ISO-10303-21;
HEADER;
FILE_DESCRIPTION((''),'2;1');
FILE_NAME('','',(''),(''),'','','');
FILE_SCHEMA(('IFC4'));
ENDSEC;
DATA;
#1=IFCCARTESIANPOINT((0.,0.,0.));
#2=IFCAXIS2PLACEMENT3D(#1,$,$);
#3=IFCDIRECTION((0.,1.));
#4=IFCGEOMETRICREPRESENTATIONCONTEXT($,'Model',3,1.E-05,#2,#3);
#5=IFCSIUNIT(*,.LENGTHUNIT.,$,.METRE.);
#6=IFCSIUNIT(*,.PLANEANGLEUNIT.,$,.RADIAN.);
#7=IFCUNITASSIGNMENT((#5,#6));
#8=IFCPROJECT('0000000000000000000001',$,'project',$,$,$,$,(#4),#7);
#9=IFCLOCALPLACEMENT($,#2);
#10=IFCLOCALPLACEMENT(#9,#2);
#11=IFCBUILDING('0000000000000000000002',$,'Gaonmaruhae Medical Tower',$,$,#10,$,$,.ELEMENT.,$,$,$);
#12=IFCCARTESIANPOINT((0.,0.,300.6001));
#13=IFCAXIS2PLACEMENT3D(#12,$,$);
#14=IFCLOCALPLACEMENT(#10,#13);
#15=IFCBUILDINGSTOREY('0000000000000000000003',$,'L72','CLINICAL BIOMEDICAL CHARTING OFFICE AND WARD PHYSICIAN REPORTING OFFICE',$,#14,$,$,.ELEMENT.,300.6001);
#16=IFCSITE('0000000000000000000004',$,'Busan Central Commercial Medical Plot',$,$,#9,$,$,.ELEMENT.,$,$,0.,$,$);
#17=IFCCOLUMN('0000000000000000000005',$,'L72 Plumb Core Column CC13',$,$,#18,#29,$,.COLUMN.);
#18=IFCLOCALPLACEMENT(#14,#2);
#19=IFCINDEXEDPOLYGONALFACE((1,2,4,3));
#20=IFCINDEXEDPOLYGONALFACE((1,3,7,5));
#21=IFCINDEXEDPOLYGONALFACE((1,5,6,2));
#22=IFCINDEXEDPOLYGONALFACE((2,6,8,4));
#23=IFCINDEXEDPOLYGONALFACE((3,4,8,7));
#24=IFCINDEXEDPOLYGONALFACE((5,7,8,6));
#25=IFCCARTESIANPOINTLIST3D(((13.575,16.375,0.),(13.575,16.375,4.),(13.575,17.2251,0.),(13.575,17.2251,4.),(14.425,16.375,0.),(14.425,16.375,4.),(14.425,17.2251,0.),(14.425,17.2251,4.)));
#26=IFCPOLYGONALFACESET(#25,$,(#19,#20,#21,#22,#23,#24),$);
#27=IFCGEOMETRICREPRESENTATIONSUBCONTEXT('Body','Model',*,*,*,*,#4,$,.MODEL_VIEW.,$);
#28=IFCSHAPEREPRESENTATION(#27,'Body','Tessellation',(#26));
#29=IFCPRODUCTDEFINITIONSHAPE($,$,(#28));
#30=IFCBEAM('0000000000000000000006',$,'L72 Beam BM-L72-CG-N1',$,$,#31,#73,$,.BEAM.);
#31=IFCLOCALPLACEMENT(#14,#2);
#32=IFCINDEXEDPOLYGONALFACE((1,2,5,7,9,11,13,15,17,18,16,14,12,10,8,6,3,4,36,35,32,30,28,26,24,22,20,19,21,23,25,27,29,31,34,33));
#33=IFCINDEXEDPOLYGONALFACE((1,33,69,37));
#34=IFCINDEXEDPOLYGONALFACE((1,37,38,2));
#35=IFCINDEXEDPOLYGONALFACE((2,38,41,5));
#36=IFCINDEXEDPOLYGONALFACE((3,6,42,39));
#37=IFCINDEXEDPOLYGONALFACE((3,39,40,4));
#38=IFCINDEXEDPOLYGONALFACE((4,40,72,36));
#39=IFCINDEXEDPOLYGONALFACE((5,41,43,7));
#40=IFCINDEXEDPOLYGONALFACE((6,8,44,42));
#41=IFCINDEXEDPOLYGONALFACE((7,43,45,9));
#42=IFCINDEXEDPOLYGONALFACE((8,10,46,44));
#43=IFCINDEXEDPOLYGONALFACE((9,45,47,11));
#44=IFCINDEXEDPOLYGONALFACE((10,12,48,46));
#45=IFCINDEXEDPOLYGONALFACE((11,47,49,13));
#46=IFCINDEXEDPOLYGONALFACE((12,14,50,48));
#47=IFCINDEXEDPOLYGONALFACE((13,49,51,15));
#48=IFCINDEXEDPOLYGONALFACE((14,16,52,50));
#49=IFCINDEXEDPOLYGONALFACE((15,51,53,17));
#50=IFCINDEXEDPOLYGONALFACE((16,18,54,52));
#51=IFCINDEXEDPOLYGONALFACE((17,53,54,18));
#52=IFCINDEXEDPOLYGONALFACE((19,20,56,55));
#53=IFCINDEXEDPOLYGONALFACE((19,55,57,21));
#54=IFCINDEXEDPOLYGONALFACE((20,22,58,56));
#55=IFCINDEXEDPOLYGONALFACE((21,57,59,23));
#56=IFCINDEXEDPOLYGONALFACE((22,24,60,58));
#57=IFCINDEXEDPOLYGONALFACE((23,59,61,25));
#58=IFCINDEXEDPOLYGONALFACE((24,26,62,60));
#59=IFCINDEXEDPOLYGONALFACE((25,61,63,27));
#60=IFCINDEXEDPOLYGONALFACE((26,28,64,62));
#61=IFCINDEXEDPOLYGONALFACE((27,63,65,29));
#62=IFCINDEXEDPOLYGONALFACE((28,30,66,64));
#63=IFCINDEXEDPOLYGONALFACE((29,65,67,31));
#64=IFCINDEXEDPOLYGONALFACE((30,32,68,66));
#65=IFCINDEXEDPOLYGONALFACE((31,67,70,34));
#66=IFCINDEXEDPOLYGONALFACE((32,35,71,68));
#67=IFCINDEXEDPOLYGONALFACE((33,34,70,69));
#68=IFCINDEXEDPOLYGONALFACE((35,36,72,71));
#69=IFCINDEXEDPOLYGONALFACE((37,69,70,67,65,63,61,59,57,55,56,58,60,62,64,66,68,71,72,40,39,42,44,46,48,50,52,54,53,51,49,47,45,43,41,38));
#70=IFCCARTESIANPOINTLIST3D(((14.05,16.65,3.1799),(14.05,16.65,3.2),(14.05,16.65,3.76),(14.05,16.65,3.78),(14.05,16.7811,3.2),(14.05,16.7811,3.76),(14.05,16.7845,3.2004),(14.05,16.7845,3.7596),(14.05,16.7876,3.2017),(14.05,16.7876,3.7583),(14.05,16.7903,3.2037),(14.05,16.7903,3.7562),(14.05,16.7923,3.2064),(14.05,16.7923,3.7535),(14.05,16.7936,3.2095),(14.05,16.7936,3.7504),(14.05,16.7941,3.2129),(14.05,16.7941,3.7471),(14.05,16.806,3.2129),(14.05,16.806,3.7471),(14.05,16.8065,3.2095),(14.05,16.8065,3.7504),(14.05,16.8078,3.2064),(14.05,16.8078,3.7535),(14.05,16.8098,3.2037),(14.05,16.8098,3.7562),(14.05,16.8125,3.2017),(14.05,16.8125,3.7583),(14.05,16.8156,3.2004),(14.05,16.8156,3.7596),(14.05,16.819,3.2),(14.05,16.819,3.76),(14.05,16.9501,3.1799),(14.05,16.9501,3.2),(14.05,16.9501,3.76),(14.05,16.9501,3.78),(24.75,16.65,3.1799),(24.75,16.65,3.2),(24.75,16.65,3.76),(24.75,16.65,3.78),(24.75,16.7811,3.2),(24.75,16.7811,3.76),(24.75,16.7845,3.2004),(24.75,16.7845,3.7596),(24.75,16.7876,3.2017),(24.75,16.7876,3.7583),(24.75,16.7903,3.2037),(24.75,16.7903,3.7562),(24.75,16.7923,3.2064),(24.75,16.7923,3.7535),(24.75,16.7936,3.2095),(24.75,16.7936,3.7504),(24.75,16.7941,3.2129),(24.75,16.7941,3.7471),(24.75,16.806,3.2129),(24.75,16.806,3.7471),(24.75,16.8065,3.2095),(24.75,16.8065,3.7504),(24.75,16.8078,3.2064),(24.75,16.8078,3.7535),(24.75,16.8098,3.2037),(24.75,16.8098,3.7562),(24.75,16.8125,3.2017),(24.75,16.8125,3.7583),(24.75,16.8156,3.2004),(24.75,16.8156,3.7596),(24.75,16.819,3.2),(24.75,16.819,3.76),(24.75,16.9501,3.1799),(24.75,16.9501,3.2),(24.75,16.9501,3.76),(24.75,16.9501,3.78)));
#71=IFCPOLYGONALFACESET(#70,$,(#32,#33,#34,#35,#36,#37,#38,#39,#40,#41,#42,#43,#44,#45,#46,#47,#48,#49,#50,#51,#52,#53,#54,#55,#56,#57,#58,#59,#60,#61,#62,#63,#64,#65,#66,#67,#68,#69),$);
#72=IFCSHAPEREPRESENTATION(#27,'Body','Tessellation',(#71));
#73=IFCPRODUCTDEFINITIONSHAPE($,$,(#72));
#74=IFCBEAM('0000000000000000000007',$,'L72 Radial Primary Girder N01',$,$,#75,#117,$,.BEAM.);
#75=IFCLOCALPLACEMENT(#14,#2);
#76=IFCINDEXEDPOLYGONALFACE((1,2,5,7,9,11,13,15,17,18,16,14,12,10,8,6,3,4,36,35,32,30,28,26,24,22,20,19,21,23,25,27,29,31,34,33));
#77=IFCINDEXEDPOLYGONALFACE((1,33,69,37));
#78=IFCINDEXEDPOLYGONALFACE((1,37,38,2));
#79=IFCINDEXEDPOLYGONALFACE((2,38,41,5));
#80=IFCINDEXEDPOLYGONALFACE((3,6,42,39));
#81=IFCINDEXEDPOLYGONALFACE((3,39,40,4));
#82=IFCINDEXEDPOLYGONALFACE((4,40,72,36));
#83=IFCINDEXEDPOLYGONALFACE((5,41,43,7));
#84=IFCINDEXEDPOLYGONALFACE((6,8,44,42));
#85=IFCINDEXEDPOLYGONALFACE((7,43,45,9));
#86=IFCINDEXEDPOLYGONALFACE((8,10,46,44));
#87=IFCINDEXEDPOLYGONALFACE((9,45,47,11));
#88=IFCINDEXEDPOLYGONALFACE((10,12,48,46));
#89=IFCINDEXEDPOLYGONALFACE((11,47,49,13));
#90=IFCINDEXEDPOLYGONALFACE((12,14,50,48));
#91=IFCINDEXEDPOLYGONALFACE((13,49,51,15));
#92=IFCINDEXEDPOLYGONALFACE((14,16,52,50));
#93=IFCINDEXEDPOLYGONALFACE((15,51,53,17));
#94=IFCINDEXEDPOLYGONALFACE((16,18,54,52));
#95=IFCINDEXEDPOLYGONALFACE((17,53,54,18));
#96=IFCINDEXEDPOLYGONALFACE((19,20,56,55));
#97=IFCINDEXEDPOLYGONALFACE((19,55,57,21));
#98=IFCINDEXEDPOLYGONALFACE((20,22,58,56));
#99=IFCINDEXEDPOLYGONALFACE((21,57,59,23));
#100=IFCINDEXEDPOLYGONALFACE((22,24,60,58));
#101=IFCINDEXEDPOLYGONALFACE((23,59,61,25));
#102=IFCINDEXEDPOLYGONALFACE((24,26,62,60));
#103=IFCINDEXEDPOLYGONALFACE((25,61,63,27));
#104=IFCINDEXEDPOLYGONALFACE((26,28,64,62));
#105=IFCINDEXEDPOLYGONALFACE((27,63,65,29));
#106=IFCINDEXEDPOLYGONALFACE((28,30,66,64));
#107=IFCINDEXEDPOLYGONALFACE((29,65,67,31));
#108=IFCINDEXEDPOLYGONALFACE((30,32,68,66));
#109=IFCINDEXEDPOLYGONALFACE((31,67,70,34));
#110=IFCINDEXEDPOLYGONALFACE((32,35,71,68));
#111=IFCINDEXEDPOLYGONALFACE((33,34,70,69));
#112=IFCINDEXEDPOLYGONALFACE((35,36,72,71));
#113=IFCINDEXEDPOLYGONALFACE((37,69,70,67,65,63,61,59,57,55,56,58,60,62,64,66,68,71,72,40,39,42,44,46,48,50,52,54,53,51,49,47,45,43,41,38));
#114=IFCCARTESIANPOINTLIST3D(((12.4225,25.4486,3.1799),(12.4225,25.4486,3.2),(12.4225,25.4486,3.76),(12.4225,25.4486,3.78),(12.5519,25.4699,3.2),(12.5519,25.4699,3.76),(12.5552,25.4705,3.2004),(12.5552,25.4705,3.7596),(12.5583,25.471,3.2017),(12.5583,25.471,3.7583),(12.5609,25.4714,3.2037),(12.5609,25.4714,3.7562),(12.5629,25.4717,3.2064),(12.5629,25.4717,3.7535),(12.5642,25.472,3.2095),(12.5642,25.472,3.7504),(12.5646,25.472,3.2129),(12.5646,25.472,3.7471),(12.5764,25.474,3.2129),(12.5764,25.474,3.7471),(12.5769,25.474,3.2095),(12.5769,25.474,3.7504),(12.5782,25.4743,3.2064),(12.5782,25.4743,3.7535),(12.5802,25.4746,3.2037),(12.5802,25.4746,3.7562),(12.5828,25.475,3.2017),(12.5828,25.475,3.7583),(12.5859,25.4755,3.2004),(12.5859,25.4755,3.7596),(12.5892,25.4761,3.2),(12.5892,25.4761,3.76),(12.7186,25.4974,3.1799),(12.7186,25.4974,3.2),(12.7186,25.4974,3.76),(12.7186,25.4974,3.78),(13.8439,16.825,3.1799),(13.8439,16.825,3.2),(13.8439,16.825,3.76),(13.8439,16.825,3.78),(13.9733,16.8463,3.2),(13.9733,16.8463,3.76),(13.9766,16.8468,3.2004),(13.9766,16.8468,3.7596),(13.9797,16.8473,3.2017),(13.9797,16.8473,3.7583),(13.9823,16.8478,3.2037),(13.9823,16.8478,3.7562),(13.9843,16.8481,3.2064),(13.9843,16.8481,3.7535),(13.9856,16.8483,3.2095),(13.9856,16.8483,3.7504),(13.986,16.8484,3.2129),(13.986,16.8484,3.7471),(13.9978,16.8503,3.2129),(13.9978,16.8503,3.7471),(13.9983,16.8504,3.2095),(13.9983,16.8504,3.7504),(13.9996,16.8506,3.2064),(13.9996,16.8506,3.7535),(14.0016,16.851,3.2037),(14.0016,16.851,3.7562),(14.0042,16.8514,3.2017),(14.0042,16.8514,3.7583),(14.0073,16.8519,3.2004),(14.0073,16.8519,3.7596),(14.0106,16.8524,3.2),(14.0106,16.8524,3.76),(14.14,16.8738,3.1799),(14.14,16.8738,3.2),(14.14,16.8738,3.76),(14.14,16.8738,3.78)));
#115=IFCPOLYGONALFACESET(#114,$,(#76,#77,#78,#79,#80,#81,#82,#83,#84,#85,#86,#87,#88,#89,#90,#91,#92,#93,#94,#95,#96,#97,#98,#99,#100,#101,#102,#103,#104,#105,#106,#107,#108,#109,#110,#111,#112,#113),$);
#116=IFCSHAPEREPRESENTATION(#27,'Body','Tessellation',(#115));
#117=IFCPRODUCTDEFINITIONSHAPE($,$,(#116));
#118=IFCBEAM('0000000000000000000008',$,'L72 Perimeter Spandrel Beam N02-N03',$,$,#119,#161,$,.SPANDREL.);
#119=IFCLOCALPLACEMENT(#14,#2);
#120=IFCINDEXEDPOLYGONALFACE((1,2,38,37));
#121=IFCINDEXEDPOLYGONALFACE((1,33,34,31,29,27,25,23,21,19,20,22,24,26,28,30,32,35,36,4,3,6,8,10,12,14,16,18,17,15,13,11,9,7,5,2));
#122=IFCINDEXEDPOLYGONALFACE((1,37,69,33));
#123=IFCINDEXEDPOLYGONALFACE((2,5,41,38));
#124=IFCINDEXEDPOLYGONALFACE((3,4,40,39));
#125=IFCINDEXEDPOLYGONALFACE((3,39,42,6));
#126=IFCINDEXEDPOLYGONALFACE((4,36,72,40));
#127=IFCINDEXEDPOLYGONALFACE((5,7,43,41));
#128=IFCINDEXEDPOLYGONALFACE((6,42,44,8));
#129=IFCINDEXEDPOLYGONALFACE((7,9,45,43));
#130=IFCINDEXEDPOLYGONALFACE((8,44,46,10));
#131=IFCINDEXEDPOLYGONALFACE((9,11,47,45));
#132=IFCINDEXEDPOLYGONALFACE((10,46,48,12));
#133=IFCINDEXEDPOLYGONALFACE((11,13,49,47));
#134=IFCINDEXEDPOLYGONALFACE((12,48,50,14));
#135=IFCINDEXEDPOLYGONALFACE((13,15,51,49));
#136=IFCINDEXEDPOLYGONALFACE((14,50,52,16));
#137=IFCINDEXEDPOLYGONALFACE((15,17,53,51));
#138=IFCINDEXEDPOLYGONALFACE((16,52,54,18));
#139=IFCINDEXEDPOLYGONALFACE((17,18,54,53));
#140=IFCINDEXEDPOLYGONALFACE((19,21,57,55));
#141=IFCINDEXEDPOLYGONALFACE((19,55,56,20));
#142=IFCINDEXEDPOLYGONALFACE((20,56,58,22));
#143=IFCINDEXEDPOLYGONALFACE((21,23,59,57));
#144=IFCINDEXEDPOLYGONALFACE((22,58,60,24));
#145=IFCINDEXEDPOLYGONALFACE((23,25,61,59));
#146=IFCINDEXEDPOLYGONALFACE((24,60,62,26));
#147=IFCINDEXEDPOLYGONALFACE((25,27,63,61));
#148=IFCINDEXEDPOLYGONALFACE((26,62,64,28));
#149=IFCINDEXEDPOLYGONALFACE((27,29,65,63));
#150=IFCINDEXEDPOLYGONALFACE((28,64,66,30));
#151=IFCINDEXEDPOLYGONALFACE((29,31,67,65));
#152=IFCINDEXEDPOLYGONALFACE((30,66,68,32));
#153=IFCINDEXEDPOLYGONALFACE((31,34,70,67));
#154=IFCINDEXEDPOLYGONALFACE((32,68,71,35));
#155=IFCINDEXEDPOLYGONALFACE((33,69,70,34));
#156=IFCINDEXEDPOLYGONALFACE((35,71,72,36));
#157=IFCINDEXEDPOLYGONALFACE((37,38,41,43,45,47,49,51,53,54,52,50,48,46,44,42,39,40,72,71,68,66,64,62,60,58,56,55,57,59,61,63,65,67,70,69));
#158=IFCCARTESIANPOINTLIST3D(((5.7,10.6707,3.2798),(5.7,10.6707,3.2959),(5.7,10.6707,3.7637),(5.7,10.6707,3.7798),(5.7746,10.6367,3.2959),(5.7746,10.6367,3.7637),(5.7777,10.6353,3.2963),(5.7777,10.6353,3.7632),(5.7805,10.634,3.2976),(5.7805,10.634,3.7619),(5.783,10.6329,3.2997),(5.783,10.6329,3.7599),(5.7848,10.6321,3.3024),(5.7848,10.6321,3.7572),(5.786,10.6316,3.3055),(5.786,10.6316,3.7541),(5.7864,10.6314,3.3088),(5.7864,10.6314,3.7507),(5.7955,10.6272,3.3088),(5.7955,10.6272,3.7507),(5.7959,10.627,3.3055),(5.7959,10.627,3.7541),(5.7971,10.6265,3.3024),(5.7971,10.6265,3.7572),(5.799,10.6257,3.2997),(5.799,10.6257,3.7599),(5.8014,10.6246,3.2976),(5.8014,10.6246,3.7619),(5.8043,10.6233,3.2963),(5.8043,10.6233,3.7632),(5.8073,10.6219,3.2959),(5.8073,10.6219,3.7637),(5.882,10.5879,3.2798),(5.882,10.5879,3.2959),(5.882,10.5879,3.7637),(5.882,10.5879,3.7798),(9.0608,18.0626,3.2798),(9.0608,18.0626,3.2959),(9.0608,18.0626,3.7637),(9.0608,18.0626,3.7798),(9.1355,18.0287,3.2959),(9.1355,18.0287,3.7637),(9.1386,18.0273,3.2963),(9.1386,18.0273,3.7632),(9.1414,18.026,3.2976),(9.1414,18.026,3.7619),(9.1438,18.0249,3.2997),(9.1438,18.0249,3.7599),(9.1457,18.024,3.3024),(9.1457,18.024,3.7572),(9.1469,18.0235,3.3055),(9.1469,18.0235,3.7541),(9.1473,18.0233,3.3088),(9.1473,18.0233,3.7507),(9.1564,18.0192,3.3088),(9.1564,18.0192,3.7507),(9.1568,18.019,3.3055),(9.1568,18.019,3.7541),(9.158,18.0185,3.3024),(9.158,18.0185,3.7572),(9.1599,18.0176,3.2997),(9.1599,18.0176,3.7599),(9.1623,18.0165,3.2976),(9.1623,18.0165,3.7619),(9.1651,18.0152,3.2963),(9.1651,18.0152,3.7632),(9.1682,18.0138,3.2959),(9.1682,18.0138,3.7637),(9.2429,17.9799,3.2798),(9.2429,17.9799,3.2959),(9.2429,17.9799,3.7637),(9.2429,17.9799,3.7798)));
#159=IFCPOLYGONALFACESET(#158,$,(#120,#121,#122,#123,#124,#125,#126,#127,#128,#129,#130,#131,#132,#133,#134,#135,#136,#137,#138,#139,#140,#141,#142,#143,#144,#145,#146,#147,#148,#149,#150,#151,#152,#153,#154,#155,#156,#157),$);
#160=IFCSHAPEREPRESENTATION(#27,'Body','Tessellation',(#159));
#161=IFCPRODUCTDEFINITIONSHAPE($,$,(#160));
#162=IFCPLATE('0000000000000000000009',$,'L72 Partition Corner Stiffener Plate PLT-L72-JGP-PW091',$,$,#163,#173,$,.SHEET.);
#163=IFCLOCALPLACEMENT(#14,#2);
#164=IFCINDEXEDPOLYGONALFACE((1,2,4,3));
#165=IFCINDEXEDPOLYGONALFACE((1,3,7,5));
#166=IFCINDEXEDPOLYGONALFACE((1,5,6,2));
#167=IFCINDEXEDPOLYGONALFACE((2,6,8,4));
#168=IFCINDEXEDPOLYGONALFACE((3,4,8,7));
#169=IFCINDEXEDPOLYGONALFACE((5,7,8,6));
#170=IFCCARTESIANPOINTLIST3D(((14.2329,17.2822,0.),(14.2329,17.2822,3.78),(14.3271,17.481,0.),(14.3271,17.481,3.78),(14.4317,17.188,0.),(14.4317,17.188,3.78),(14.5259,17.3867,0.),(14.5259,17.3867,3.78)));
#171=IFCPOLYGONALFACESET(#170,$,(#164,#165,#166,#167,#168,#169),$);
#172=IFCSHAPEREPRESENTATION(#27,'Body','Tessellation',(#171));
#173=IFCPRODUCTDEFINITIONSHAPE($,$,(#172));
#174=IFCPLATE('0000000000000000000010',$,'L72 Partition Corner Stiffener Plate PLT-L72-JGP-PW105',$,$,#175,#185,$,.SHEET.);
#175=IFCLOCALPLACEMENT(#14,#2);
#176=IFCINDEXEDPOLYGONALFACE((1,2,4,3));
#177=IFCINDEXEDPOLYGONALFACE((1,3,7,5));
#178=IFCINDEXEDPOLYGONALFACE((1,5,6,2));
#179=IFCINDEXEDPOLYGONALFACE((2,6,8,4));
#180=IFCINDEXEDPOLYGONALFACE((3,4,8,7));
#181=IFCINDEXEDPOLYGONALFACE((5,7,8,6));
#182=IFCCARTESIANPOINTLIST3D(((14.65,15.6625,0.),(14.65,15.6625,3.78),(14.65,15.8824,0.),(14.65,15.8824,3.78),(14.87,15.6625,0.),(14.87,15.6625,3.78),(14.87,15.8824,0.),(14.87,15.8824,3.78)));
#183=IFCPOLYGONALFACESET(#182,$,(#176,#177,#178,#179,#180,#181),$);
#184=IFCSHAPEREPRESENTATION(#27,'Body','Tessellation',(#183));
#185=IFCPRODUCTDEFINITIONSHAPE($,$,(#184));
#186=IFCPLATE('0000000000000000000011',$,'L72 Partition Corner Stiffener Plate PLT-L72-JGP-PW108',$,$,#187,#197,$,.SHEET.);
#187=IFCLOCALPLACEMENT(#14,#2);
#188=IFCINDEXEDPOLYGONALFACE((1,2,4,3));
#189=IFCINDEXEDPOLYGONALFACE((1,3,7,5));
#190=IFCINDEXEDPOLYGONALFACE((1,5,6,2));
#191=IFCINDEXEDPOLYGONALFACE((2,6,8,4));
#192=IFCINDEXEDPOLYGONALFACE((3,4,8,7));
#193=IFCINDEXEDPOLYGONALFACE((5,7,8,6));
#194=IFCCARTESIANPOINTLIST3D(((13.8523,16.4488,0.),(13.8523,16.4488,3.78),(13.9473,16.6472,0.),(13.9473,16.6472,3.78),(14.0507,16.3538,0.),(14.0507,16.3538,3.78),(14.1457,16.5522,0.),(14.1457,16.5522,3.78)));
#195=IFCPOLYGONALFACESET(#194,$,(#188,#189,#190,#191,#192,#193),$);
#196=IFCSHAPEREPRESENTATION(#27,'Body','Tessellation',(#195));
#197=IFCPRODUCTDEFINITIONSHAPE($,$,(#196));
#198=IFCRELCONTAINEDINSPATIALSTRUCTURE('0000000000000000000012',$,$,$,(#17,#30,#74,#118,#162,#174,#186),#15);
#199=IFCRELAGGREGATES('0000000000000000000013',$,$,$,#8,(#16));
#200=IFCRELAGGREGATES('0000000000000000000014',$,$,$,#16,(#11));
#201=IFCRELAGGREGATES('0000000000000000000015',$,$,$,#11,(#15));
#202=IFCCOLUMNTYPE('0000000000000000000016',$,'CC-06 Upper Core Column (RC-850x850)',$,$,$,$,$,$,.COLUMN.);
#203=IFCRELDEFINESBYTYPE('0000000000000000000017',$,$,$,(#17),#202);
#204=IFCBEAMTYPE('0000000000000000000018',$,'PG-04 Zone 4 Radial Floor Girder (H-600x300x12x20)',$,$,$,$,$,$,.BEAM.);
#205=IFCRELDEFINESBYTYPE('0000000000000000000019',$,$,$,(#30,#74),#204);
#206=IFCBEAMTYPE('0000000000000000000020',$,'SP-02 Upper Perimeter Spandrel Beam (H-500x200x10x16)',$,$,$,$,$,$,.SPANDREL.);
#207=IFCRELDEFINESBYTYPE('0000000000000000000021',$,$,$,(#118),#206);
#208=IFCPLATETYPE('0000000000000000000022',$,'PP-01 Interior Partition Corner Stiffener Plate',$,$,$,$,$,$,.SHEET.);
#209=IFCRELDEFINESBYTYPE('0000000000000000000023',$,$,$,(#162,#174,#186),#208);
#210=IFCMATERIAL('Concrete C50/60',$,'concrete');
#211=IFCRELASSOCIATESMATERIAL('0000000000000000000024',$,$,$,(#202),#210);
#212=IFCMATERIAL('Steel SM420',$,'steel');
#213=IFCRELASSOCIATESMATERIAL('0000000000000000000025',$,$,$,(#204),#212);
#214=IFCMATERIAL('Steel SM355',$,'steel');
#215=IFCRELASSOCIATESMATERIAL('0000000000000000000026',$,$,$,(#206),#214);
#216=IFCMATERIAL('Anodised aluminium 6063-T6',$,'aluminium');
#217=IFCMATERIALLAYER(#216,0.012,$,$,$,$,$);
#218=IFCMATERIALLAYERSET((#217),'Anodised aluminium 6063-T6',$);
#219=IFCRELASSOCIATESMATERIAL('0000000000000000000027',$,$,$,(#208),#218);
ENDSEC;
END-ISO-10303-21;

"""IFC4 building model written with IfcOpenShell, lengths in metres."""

from ifc_helpers import new_model, si_unit, direction, frame, origin, origin_2d, place, context, subcontext, project, spatial, rectangle, i_section, extrude, material, layer, layer_set, material_profile, profile_set, type_object, element, save


model = new_model("IFC4")

# Units and contexts
model_context = context("Model", 3, precision=1e-05, world=origin(), true_north=direction((0.0, 1.0)))
body_context = subcontext(model_context, "Body", "Model", "MODEL_VIEW")
ifc_project = project(units=[si_unit("LENGTHUNIT", "METRE"), si_unit("PLANEANGLEUNIT", "RADIAN")], contexts=[model_context])

# Site, building, storey
site_placement = place(None, origin())
site = spatial("IfcSite", under=ifc_project, at=site_placement, Name="Busan Central Commercial Medical Plot", CompositionType="ELEMENT", RefElevation=0.0)
building_placement = place(site_placement, origin())
building = spatial("IfcBuilding", under=site, at=building_placement, Name="Gaonmaruhae Medical Tower", CompositionType="ELEMENT")
storey_placement = place(building_placement, frame((0.0, 0.0, 300.6001)))
storey = spatial("IfcBuildingStorey", under=building, at=storey_placement, Name="L72", Description="CLINICAL BIOMEDICAL CHARTING OFFICE AND WARD PHYSICIAN REPORTING OFFICE", CompositionType="ELEMENT", Elevation=300.6001)

# Column
ifc_material_1 = material(Name="Concrete C50/60", Category="concrete")
ifc_material_profile_1 = material_profile(ifc_material_1, rectangle(XDim=0.8501, YDim=0.8501, at=origin_2d()), Name="RC-850x850")
ifc_profile_set_1 = profile_set([ifc_material_profile_1], Name="Concrete C50/60")
column_type = type_object("IfcColumnType", Name="CC-06 Upper Core Column (RC-850x850)", PredefinedType="COLUMN", material=ifc_profile_set_1)
column_placement = place(storey_placement, frame((14.0, 16.8, 0.0), z_axis=(0.0, 0.0, 1.0), x_axis=(1.0, 0.0, 0.0)))
element("IfcColumn", 1, at=column_placement, inside=storey, type_object=column_type, Name="L72 Plumb Core Column CC13", PredefinedType="COLUMN", context=body_context, shape_type="SweptSolid", body=[
    extrude(rectangle(XDim=0.8501, YDim=0.8501, at=origin_2d()), origin(), (0.0, 0.0, 1.0), 4.0),
])

# Beams
ifc_material_2 = material(Name="Steel SM420", Category="steel")
ifc_material_profile_2 = material_profile(ifc_material_2, i_section(OverallWidth=0.3, OverallDepth=0.6001, WebThickness=0.012, FlangeThickness=0.02, FilletRadius=0.0129, at=origin_2d()), Name="H-600x300x12x20")
ifc_profile_set_2 = profile_set([ifc_material_profile_2], Name="Steel SM420")
beam_type_1 = type_object("IfcBeamType", Name="PG-04 Zone 4 Radial Floor Girder (H-600x300x12x20)", PredefinedType="BEAM", material=ifc_profile_set_2)
beam_1_placement = place(storey_placement, frame((14.05, 16.8, 3.48), z_axis=(1.0, 0.0, 0.0), x_axis=(0.0, 1.0, 0.0)))
element("IfcBeam", 2, at=beam_1_placement, inside=storey, type_object=beam_type_1, Name="L72 Beam BM-L72-CG-N1", PredefinedType="BEAM", context=body_context, shape_type="SweptSolid", body=[
    extrude(i_section(OverallWidth=0.3, OverallDepth=0.6001, WebThickness=0.012, FlangeThickness=0.02, FilletRadius=0.0129, at=origin_2d()), origin(), (0.0, 0.0, 1.0), 10.7),
])
beam_2_placement = place(storey_placement, frame((13.9919, 16.8494, 3.48), z_axis=(-0.162632, 0.986687, 0.0), x_axis=(-0.986687, -0.162632, 0.0)))
element("IfcBeam", 3, at=beam_2_placement, inside=storey, type_object=beam_type_1, Name="L72 Radial Primary Girder N01", PredefinedType="BEAM", context=body_context, shape_type="SweptSolid", body=[
    extrude(i_section(OverallWidth=0.3, OverallDepth=0.6001, WebThickness=0.012, FlangeThickness=0.02, FilletRadius=0.0129, at=origin_2d()), origin(), (0.0, 0.0, 1.0), 8.74),
])
ifc_material_3 = material(Name="Steel SM355", Category="steel")
ifc_material_profile_3 = material_profile(ifc_material_3, i_section(OverallWidth=0.2, OverallDepth=0.5, WebThickness=0.01, FlangeThickness=0.0161, FilletRadius=0.0129, at=origin_2d()), Name="H-500x200x10x16")
ifc_profile_set_3 = profile_set([ifc_material_profile_3], Name="Steel SM355")
beam_type_2 = type_object("IfcBeamType", Name="SP-02 Upper Perimeter Spandrel Beam (H-500x200x10x16)", PredefinedType="SPANDREL", material=ifc_profile_set_3)
beam_3_placement = place(storey_placement, frame((9.1519, 18.0212, 3.5298), z_axis=(-0.413896, -0.910324, 0.0), x_axis=(0.910324, -0.413896, 0.0)))
element("IfcBeam", 4, at=beam_3_placement, inside=storey, type_object=beam_type_2, Name="L72 Perimeter Spandrel Beam N02-N03", PredefinedType="SPANDREL", context=body_context, shape_type="SweptSolid", body=[
    extrude(i_section(OverallWidth=0.2, OverallDepth=0.5, WebThickness=0.01, FlangeThickness=0.0161, FilletRadius=0.0129, at=origin_2d()), origin(), (0.0, 0.0, 1.0), 8.1201),
])

# Plates
ifc_material_4 = material(Name="Anodised aluminium 6063-T6", Category="aluminium")
ifc_layer_1 = layer(ifc_material_4, 0.012)
ifc_layer_set_1 = layer_set([ifc_layer_1], Name="Anodised aluminium 6063-T6")
plate_type = type_object("IfcPlateType", Name="PP-01 Interior Partition Corner Stiffener Plate", PredefinedType="SHEET", material=ifc_layer_set_1)
for number, where, z_axis, x_axis, name in (
    (5, (14.3794, 17.3345, 0.0), (0.0, 0.0, 1.0), (-0.428446, -0.903567, 0.0), "L72 Partition Corner Stiffener Plate PLT-L72-JGP-PW091"),
    (6, (14.76, 15.7725, 0.0), (0.0, 0.0, 1.0), (0.0, -1.0, 0.0), "L72 Partition Corner Stiffener Plate PLT-L72-JGP-PW105"),
    (7, (13.999, 16.5005, 0.0), (0.0, 0.0, 1.0), (0.431991, 0.901878, 0.0), "L72 Partition Corner Stiffener Plate PLT-L72-JGP-PW108"),
):
    element("IfcPlate", number, at=place(storey_placement, frame(where, z_axis=z_axis, x_axis=x_axis)), inside=storey, type_object=plate_type, Name=name, PredefinedType="SHEET", context=body_context, shape_type="SweptSolid", body=[
        extrude(rectangle(XDim=0.22, YDim=0.22, at=origin_2d()), origin(), (0.0, 0.0, 1.0), 3.78),
    ])

save(model, "model.ifc")
